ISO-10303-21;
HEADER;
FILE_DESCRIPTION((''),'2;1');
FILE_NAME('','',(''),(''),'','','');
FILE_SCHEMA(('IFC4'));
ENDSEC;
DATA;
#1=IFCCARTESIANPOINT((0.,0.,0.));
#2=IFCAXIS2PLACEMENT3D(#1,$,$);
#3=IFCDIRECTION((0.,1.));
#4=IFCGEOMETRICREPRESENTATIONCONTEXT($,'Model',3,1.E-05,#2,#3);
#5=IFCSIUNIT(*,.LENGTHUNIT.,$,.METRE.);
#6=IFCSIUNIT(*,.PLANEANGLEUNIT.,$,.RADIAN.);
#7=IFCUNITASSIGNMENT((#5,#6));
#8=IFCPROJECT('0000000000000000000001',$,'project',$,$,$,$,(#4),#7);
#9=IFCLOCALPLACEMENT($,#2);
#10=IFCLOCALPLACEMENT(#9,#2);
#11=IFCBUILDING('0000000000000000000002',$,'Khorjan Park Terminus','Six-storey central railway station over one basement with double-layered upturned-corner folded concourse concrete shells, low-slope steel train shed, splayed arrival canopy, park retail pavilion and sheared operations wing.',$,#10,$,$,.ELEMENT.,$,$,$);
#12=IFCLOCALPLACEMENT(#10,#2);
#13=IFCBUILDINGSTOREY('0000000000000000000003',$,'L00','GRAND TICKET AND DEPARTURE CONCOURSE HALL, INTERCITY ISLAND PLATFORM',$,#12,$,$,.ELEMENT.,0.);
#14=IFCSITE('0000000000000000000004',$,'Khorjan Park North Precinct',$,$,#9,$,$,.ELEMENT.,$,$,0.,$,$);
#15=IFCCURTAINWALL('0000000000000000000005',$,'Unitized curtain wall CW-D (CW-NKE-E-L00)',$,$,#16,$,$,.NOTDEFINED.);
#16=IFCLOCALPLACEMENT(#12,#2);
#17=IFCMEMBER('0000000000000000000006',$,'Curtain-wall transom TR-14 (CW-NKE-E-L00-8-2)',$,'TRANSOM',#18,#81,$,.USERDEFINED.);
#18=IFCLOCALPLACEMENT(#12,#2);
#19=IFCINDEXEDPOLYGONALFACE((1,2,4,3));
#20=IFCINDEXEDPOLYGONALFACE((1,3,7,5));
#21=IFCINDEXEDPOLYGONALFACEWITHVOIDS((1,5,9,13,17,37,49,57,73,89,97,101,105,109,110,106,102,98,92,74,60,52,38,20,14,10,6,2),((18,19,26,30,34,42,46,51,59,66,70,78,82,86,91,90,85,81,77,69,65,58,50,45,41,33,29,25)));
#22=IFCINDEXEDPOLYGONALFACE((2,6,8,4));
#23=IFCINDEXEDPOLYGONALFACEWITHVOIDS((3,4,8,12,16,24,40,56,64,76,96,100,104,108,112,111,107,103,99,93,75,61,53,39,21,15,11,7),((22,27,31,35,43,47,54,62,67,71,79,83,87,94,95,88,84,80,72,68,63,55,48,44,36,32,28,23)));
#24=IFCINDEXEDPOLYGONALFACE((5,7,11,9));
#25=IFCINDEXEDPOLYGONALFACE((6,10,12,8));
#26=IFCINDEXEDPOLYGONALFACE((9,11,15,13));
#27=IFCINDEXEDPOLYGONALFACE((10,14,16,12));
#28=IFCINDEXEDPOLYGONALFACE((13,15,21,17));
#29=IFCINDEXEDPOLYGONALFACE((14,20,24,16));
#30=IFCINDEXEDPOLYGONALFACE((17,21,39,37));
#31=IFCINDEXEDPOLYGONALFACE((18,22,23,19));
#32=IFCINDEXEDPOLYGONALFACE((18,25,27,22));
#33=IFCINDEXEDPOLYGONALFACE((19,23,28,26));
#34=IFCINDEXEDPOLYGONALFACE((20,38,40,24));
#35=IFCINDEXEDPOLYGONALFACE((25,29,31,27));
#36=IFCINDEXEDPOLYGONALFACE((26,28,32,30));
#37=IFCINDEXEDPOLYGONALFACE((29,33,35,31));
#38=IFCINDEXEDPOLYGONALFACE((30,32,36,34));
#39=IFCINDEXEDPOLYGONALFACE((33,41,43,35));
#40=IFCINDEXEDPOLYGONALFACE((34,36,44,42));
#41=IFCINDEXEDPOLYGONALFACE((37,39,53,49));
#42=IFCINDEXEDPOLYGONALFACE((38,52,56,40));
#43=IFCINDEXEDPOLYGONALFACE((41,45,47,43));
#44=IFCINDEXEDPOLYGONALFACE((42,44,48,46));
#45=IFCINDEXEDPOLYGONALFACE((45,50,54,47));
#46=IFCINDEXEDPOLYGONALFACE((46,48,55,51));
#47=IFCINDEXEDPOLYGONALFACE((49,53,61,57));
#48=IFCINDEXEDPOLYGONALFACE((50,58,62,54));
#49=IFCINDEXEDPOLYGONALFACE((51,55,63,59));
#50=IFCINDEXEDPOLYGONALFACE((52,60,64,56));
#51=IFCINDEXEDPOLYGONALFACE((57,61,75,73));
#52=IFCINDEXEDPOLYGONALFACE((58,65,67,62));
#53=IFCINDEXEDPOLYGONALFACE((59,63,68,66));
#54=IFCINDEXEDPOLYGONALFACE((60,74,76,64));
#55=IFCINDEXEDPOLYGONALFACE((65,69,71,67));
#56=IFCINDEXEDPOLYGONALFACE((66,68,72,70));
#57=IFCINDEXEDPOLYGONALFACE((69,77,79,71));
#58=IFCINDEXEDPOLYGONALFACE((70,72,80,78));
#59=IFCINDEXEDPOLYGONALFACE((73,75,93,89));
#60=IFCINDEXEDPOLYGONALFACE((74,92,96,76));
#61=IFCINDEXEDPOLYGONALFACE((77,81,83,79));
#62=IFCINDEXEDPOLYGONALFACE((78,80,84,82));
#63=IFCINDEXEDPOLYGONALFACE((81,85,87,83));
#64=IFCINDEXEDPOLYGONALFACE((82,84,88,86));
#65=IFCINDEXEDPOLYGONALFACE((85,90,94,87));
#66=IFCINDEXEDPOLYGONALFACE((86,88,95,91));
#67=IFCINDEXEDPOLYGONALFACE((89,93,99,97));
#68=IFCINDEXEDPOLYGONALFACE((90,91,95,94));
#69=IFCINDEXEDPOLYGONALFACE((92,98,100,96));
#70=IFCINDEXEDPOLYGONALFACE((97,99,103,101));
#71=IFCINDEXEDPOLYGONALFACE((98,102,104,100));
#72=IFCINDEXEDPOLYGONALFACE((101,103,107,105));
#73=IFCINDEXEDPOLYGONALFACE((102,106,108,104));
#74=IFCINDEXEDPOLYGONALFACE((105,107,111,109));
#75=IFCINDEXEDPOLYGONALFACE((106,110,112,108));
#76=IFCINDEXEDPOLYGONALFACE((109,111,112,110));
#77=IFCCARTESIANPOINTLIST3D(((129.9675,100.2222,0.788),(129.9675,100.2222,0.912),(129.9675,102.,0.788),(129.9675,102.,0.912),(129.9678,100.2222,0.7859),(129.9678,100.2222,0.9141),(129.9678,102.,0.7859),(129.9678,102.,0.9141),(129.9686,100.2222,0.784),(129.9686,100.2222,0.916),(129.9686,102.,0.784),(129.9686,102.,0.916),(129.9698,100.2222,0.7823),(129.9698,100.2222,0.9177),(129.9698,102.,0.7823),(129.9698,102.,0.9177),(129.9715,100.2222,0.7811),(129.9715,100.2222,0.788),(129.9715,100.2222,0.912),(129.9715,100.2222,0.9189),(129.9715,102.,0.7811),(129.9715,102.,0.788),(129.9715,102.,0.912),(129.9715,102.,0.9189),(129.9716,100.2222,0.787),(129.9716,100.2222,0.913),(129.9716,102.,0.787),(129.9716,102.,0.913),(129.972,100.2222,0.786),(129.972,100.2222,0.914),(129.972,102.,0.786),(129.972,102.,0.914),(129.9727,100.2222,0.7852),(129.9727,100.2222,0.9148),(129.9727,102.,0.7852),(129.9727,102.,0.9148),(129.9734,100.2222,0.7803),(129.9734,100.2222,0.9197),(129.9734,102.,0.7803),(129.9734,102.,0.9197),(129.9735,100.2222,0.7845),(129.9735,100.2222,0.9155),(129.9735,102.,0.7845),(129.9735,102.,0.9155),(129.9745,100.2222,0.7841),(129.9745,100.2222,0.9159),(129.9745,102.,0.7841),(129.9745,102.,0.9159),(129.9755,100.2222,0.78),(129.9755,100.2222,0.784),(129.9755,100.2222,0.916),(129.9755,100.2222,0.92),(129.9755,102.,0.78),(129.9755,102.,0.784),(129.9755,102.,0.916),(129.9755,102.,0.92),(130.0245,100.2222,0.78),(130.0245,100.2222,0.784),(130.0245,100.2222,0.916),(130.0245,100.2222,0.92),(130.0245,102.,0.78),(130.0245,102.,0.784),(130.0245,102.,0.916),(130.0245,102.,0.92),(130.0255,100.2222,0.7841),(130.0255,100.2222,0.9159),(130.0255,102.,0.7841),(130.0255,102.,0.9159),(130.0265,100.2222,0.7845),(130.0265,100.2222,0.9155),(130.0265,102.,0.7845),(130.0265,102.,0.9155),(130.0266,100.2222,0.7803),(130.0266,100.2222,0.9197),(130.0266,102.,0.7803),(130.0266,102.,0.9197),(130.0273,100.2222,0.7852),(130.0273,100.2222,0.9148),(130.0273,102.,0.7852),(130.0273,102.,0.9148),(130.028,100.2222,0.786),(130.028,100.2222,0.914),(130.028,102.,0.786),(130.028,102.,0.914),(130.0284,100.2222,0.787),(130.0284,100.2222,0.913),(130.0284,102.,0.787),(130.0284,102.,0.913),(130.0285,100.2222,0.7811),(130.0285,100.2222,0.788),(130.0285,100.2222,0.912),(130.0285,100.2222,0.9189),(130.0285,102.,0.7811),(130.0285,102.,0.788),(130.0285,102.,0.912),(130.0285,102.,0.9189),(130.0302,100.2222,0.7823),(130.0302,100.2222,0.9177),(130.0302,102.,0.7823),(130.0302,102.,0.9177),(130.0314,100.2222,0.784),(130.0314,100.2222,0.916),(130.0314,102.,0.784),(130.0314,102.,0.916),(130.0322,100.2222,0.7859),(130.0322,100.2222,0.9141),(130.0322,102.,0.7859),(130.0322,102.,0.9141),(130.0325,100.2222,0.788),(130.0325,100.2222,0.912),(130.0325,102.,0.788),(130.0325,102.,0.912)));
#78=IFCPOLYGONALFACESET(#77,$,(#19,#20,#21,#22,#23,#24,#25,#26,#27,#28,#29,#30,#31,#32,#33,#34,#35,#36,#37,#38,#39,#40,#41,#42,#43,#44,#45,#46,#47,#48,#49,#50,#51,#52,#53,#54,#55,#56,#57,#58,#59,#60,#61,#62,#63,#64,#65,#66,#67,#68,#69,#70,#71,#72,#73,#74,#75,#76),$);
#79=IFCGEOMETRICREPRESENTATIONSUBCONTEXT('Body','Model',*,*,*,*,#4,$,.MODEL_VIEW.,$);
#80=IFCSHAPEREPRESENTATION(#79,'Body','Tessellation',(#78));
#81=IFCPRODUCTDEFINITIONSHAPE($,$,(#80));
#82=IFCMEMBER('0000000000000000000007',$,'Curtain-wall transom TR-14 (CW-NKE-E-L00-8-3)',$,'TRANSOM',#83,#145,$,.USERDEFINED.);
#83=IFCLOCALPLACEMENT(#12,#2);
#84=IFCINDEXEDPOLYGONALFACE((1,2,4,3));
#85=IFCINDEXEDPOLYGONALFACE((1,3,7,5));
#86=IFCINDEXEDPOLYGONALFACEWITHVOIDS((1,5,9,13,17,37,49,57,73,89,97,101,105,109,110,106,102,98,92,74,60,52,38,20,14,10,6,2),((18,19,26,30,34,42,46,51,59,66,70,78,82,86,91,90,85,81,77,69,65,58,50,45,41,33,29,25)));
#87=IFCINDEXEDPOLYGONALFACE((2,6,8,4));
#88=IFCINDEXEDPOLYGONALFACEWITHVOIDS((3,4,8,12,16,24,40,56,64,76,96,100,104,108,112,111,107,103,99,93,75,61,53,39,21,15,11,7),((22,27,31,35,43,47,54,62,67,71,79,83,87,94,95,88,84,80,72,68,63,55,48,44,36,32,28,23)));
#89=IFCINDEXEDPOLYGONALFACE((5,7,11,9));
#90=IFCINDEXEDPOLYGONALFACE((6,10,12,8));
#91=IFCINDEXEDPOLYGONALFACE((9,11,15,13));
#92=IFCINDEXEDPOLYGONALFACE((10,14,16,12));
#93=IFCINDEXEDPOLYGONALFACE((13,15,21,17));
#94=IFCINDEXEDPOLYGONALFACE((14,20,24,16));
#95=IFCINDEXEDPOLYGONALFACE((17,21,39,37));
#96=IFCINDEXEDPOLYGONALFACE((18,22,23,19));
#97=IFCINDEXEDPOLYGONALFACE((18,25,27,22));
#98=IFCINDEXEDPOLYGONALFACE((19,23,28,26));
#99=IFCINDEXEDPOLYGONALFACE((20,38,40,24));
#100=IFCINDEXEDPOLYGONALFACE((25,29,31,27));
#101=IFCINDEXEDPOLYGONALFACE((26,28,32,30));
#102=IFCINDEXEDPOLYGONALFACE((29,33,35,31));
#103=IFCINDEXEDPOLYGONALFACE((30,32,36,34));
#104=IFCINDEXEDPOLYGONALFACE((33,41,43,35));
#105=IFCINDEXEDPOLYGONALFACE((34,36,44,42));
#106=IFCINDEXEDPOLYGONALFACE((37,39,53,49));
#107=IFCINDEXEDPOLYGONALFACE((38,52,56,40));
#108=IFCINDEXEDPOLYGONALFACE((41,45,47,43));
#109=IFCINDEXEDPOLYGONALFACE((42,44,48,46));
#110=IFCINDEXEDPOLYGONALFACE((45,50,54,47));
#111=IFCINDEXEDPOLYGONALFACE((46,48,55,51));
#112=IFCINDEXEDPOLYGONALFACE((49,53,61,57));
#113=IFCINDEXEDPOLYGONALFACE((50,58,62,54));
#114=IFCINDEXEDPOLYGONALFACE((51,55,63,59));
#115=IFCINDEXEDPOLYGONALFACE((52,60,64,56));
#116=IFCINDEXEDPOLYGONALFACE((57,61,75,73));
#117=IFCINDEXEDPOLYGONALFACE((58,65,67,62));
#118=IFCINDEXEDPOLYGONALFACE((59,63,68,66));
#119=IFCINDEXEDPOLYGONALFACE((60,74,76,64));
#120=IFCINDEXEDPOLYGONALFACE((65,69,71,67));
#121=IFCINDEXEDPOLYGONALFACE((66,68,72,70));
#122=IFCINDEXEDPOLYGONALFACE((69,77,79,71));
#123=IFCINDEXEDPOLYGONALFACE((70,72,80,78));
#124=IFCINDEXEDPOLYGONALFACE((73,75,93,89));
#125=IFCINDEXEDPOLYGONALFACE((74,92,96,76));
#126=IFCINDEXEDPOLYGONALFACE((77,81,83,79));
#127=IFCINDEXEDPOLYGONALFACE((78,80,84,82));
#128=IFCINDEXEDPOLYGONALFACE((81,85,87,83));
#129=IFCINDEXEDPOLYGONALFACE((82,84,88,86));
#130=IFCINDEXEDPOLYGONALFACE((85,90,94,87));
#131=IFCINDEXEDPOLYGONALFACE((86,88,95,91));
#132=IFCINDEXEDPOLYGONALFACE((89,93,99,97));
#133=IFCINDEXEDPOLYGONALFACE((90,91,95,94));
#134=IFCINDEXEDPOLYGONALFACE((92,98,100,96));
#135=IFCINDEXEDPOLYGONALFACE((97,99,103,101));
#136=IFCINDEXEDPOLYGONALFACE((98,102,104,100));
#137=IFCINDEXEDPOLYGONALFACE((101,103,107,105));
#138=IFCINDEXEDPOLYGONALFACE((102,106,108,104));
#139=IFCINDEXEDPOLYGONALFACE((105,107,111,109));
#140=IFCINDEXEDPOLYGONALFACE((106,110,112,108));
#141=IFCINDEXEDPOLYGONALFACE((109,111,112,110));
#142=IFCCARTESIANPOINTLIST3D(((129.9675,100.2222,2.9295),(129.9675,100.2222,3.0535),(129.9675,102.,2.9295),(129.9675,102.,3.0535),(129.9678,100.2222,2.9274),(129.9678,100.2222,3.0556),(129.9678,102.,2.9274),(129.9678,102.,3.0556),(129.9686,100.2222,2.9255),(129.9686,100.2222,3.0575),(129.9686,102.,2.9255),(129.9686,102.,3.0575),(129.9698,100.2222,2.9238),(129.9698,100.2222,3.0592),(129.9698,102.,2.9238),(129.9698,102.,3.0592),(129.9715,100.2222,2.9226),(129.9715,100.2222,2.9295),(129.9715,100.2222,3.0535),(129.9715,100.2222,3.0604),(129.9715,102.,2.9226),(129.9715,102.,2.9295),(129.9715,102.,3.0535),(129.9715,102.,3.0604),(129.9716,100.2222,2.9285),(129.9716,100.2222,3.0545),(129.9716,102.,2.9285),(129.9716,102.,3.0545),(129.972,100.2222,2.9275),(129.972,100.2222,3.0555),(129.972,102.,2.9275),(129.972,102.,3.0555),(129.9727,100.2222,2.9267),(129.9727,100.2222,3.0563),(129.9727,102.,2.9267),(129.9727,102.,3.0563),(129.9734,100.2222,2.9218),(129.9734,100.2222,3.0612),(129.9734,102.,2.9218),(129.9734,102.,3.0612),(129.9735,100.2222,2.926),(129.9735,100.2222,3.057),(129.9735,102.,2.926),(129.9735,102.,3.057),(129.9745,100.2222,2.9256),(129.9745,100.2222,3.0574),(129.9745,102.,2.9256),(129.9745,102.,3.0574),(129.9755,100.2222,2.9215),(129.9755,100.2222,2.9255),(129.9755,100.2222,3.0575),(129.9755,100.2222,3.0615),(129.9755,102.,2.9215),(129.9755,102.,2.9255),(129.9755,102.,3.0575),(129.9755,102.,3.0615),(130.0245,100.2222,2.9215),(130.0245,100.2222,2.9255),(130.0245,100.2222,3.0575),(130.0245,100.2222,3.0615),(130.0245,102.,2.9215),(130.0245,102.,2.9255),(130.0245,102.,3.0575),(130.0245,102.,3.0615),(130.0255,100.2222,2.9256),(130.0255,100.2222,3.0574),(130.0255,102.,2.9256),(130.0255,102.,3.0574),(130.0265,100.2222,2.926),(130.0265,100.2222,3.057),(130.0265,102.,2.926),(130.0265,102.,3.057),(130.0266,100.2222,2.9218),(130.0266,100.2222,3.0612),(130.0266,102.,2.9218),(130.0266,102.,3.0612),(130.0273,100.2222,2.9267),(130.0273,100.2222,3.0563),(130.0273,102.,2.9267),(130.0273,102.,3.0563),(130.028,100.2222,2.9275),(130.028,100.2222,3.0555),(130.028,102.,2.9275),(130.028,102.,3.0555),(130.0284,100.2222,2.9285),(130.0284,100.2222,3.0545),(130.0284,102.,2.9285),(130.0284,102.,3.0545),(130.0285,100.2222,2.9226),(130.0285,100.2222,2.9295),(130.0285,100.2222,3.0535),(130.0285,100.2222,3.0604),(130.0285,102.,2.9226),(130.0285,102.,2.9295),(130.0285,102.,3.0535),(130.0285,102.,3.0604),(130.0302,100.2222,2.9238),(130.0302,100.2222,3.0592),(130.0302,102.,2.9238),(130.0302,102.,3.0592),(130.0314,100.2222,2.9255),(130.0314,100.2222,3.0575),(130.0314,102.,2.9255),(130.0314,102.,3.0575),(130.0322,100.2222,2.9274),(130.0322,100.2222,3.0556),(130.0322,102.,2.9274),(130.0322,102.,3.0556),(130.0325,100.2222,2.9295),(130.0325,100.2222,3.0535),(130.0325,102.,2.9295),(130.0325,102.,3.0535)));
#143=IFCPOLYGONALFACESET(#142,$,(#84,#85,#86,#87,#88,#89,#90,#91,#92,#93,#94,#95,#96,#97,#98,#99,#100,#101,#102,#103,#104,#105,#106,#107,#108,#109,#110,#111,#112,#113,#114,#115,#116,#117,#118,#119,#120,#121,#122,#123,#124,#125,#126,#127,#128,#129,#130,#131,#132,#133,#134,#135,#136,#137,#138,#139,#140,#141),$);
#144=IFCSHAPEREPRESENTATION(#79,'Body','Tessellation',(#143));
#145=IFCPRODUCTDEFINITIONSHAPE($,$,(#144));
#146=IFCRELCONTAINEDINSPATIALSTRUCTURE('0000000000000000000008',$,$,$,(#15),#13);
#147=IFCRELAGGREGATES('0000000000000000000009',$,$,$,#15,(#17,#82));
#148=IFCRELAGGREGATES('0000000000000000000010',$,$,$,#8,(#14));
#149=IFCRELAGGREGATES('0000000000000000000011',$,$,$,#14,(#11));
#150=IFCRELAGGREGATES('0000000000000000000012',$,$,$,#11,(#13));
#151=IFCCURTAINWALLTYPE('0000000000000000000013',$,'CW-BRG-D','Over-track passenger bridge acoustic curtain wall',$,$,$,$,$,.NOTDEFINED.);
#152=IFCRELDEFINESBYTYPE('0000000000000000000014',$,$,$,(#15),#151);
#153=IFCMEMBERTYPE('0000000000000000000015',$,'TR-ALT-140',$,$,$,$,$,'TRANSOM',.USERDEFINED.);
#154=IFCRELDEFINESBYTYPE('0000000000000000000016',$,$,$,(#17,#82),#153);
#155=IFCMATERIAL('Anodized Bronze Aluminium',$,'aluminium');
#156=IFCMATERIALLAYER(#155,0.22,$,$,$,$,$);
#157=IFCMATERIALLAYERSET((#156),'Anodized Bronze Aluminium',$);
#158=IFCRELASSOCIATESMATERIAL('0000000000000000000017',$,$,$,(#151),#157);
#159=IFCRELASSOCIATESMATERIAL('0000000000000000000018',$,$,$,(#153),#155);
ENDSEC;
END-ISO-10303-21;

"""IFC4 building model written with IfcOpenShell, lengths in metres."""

from ifc_helpers import new_model, si_unit, direction, frame, origin, origin_2d, place, context, subcontext, project, spatial, hollow_rectangle, extrude, material, layer, layer_set, material_profile, profile_set, type_object, element, aggregate, save


model = new_model("IFC4")

# Units and contexts
model_context = context("Model", 3, precision=1e-05, world=origin(), true_north=direction((0.0, 1.0)))
body_context = subcontext(model_context, "Body", "Model", "MODEL_VIEW")
ifc_project = project(units=[si_unit("LENGTHUNIT", "METRE"), si_unit("PLANEANGLEUNIT", "RADIAN")], contexts=[model_context])

# Site, building, storey
site_placement = place(None, origin())
site = spatial("IfcSite", under=ifc_project, at=site_placement, Name="Khorjan Park North Precinct", CompositionType="ELEMENT", RefElevation=0.0)
building_placement = place(site_placement, origin())
building = spatial("IfcBuilding", under=site, at=building_placement, Name="Khorjan Park Terminus", Description="Six-storey central railway station over one basement with double-layered upturned-corner folded concourse concrete shells, low-slope steel train shed, splayed arrival canopy, park retail pavilion and sheared operations wing.", CompositionType="ELEMENT")
storey_placement = place(building_placement, origin())
storey = spatial("IfcBuildingStorey", under=building, at=storey_placement, Name="L00", Description="GRAND TICKET AND DEPARTURE CONCOURSE HALL, INTERCITY ISLAND PLATFORM", CompositionType="ELEMENT", Elevation=0.0)

# Curtain wall, members
ifc_material_1 = material(Name="Anodized Bronze Aluminium", Category="aluminium")
ifc_layer_1 = layer(ifc_material_1, 0.22)
ifc_layer_set_1 = layer_set([ifc_layer_1], Name="Anodized Bronze Aluminium")
curtain_wall_type = type_object("IfcCurtainWallType", Name="CW-BRG-D", Description="Over-track passenger bridge acoustic curtain wall", PredefinedType="NOTDEFINED", material=ifc_layer_set_1)
curtain_wall_placement = place(storey_placement, origin())
curtain_wall = element("IfcCurtainWall", 1, at=curtain_wall_placement, inside=storey, type_object=curtain_wall_type, Name="Unitized curtain wall CW-D (CW-NKE-E-L00)", PredefinedType="NOTDEFINED")
ifc_material_profile_1 = material_profile(ifc_material_1, hollow_rectangle(XDim=0.065, YDim=0.14, WallThickness=0.004, InnerFilletRadius=0.004, OuterFilletRadius=0.008, at=origin_2d()), Name="ALT 65x140x4")
ifc_profile_set_1 = profile_set([ifc_material_profile_1], Name="Anodized Bronze Aluminium")
member_type_1 = type_object("IfcMemberType", Name="TR-ALT-140", ElementType="TRANSOM", PredefinedType="USERDEFINED", material=ifc_profile_set_1)
member_1_placement = place(storey_placement, frame((130.0, 100.2222, 0.85), z_axis=(0.0, 1.0, 0.0), x_axis=(-1.0, 0.0, 0.0)))
member_1 = element("IfcMember", 2, at=member_1_placement, type_object=member_type_1, Name="Curtain-wall transom TR-14 (CW-NKE-E-L00-8-2)", ObjectType="TRANSOM", PredefinedType="USERDEFINED", context=body_context, shape_type="SweptSolid", body=[
    extrude(hollow_rectangle(XDim=0.065, YDim=0.14, WallThickness=0.004, InnerFilletRadius=0.004, OuterFilletRadius=0.008, at=origin_2d()), origin(), (0.0, 0.0, 1.0), 1.7778),
])
member_2_placement = place(storey_placement, frame((130.0, 100.2222, 2.9915), z_axis=(0.0, 1.0, 0.0), x_axis=(-1.0, 0.0, 0.0)))
member_2 = element("IfcMember", 3, at=member_2_placement, type_object=member_type_1, Name="Curtain-wall transom TR-14 (CW-NKE-E-L00-8-3)", ObjectType="TRANSOM", PredefinedType="USERDEFINED", context=body_context, shape_type="SweptSolid", body=[
    extrude(hollow_rectangle(XDim=0.065, YDim=0.14, WallThickness=0.004, InnerFilletRadius=0.004, OuterFilletRadius=0.008, at=origin_2d()), origin(), (0.0, 0.0, 1.0), 1.7778),
])
aggregate(curtain_wall, [member_1, member_2])

save(model, "model.ifc")
